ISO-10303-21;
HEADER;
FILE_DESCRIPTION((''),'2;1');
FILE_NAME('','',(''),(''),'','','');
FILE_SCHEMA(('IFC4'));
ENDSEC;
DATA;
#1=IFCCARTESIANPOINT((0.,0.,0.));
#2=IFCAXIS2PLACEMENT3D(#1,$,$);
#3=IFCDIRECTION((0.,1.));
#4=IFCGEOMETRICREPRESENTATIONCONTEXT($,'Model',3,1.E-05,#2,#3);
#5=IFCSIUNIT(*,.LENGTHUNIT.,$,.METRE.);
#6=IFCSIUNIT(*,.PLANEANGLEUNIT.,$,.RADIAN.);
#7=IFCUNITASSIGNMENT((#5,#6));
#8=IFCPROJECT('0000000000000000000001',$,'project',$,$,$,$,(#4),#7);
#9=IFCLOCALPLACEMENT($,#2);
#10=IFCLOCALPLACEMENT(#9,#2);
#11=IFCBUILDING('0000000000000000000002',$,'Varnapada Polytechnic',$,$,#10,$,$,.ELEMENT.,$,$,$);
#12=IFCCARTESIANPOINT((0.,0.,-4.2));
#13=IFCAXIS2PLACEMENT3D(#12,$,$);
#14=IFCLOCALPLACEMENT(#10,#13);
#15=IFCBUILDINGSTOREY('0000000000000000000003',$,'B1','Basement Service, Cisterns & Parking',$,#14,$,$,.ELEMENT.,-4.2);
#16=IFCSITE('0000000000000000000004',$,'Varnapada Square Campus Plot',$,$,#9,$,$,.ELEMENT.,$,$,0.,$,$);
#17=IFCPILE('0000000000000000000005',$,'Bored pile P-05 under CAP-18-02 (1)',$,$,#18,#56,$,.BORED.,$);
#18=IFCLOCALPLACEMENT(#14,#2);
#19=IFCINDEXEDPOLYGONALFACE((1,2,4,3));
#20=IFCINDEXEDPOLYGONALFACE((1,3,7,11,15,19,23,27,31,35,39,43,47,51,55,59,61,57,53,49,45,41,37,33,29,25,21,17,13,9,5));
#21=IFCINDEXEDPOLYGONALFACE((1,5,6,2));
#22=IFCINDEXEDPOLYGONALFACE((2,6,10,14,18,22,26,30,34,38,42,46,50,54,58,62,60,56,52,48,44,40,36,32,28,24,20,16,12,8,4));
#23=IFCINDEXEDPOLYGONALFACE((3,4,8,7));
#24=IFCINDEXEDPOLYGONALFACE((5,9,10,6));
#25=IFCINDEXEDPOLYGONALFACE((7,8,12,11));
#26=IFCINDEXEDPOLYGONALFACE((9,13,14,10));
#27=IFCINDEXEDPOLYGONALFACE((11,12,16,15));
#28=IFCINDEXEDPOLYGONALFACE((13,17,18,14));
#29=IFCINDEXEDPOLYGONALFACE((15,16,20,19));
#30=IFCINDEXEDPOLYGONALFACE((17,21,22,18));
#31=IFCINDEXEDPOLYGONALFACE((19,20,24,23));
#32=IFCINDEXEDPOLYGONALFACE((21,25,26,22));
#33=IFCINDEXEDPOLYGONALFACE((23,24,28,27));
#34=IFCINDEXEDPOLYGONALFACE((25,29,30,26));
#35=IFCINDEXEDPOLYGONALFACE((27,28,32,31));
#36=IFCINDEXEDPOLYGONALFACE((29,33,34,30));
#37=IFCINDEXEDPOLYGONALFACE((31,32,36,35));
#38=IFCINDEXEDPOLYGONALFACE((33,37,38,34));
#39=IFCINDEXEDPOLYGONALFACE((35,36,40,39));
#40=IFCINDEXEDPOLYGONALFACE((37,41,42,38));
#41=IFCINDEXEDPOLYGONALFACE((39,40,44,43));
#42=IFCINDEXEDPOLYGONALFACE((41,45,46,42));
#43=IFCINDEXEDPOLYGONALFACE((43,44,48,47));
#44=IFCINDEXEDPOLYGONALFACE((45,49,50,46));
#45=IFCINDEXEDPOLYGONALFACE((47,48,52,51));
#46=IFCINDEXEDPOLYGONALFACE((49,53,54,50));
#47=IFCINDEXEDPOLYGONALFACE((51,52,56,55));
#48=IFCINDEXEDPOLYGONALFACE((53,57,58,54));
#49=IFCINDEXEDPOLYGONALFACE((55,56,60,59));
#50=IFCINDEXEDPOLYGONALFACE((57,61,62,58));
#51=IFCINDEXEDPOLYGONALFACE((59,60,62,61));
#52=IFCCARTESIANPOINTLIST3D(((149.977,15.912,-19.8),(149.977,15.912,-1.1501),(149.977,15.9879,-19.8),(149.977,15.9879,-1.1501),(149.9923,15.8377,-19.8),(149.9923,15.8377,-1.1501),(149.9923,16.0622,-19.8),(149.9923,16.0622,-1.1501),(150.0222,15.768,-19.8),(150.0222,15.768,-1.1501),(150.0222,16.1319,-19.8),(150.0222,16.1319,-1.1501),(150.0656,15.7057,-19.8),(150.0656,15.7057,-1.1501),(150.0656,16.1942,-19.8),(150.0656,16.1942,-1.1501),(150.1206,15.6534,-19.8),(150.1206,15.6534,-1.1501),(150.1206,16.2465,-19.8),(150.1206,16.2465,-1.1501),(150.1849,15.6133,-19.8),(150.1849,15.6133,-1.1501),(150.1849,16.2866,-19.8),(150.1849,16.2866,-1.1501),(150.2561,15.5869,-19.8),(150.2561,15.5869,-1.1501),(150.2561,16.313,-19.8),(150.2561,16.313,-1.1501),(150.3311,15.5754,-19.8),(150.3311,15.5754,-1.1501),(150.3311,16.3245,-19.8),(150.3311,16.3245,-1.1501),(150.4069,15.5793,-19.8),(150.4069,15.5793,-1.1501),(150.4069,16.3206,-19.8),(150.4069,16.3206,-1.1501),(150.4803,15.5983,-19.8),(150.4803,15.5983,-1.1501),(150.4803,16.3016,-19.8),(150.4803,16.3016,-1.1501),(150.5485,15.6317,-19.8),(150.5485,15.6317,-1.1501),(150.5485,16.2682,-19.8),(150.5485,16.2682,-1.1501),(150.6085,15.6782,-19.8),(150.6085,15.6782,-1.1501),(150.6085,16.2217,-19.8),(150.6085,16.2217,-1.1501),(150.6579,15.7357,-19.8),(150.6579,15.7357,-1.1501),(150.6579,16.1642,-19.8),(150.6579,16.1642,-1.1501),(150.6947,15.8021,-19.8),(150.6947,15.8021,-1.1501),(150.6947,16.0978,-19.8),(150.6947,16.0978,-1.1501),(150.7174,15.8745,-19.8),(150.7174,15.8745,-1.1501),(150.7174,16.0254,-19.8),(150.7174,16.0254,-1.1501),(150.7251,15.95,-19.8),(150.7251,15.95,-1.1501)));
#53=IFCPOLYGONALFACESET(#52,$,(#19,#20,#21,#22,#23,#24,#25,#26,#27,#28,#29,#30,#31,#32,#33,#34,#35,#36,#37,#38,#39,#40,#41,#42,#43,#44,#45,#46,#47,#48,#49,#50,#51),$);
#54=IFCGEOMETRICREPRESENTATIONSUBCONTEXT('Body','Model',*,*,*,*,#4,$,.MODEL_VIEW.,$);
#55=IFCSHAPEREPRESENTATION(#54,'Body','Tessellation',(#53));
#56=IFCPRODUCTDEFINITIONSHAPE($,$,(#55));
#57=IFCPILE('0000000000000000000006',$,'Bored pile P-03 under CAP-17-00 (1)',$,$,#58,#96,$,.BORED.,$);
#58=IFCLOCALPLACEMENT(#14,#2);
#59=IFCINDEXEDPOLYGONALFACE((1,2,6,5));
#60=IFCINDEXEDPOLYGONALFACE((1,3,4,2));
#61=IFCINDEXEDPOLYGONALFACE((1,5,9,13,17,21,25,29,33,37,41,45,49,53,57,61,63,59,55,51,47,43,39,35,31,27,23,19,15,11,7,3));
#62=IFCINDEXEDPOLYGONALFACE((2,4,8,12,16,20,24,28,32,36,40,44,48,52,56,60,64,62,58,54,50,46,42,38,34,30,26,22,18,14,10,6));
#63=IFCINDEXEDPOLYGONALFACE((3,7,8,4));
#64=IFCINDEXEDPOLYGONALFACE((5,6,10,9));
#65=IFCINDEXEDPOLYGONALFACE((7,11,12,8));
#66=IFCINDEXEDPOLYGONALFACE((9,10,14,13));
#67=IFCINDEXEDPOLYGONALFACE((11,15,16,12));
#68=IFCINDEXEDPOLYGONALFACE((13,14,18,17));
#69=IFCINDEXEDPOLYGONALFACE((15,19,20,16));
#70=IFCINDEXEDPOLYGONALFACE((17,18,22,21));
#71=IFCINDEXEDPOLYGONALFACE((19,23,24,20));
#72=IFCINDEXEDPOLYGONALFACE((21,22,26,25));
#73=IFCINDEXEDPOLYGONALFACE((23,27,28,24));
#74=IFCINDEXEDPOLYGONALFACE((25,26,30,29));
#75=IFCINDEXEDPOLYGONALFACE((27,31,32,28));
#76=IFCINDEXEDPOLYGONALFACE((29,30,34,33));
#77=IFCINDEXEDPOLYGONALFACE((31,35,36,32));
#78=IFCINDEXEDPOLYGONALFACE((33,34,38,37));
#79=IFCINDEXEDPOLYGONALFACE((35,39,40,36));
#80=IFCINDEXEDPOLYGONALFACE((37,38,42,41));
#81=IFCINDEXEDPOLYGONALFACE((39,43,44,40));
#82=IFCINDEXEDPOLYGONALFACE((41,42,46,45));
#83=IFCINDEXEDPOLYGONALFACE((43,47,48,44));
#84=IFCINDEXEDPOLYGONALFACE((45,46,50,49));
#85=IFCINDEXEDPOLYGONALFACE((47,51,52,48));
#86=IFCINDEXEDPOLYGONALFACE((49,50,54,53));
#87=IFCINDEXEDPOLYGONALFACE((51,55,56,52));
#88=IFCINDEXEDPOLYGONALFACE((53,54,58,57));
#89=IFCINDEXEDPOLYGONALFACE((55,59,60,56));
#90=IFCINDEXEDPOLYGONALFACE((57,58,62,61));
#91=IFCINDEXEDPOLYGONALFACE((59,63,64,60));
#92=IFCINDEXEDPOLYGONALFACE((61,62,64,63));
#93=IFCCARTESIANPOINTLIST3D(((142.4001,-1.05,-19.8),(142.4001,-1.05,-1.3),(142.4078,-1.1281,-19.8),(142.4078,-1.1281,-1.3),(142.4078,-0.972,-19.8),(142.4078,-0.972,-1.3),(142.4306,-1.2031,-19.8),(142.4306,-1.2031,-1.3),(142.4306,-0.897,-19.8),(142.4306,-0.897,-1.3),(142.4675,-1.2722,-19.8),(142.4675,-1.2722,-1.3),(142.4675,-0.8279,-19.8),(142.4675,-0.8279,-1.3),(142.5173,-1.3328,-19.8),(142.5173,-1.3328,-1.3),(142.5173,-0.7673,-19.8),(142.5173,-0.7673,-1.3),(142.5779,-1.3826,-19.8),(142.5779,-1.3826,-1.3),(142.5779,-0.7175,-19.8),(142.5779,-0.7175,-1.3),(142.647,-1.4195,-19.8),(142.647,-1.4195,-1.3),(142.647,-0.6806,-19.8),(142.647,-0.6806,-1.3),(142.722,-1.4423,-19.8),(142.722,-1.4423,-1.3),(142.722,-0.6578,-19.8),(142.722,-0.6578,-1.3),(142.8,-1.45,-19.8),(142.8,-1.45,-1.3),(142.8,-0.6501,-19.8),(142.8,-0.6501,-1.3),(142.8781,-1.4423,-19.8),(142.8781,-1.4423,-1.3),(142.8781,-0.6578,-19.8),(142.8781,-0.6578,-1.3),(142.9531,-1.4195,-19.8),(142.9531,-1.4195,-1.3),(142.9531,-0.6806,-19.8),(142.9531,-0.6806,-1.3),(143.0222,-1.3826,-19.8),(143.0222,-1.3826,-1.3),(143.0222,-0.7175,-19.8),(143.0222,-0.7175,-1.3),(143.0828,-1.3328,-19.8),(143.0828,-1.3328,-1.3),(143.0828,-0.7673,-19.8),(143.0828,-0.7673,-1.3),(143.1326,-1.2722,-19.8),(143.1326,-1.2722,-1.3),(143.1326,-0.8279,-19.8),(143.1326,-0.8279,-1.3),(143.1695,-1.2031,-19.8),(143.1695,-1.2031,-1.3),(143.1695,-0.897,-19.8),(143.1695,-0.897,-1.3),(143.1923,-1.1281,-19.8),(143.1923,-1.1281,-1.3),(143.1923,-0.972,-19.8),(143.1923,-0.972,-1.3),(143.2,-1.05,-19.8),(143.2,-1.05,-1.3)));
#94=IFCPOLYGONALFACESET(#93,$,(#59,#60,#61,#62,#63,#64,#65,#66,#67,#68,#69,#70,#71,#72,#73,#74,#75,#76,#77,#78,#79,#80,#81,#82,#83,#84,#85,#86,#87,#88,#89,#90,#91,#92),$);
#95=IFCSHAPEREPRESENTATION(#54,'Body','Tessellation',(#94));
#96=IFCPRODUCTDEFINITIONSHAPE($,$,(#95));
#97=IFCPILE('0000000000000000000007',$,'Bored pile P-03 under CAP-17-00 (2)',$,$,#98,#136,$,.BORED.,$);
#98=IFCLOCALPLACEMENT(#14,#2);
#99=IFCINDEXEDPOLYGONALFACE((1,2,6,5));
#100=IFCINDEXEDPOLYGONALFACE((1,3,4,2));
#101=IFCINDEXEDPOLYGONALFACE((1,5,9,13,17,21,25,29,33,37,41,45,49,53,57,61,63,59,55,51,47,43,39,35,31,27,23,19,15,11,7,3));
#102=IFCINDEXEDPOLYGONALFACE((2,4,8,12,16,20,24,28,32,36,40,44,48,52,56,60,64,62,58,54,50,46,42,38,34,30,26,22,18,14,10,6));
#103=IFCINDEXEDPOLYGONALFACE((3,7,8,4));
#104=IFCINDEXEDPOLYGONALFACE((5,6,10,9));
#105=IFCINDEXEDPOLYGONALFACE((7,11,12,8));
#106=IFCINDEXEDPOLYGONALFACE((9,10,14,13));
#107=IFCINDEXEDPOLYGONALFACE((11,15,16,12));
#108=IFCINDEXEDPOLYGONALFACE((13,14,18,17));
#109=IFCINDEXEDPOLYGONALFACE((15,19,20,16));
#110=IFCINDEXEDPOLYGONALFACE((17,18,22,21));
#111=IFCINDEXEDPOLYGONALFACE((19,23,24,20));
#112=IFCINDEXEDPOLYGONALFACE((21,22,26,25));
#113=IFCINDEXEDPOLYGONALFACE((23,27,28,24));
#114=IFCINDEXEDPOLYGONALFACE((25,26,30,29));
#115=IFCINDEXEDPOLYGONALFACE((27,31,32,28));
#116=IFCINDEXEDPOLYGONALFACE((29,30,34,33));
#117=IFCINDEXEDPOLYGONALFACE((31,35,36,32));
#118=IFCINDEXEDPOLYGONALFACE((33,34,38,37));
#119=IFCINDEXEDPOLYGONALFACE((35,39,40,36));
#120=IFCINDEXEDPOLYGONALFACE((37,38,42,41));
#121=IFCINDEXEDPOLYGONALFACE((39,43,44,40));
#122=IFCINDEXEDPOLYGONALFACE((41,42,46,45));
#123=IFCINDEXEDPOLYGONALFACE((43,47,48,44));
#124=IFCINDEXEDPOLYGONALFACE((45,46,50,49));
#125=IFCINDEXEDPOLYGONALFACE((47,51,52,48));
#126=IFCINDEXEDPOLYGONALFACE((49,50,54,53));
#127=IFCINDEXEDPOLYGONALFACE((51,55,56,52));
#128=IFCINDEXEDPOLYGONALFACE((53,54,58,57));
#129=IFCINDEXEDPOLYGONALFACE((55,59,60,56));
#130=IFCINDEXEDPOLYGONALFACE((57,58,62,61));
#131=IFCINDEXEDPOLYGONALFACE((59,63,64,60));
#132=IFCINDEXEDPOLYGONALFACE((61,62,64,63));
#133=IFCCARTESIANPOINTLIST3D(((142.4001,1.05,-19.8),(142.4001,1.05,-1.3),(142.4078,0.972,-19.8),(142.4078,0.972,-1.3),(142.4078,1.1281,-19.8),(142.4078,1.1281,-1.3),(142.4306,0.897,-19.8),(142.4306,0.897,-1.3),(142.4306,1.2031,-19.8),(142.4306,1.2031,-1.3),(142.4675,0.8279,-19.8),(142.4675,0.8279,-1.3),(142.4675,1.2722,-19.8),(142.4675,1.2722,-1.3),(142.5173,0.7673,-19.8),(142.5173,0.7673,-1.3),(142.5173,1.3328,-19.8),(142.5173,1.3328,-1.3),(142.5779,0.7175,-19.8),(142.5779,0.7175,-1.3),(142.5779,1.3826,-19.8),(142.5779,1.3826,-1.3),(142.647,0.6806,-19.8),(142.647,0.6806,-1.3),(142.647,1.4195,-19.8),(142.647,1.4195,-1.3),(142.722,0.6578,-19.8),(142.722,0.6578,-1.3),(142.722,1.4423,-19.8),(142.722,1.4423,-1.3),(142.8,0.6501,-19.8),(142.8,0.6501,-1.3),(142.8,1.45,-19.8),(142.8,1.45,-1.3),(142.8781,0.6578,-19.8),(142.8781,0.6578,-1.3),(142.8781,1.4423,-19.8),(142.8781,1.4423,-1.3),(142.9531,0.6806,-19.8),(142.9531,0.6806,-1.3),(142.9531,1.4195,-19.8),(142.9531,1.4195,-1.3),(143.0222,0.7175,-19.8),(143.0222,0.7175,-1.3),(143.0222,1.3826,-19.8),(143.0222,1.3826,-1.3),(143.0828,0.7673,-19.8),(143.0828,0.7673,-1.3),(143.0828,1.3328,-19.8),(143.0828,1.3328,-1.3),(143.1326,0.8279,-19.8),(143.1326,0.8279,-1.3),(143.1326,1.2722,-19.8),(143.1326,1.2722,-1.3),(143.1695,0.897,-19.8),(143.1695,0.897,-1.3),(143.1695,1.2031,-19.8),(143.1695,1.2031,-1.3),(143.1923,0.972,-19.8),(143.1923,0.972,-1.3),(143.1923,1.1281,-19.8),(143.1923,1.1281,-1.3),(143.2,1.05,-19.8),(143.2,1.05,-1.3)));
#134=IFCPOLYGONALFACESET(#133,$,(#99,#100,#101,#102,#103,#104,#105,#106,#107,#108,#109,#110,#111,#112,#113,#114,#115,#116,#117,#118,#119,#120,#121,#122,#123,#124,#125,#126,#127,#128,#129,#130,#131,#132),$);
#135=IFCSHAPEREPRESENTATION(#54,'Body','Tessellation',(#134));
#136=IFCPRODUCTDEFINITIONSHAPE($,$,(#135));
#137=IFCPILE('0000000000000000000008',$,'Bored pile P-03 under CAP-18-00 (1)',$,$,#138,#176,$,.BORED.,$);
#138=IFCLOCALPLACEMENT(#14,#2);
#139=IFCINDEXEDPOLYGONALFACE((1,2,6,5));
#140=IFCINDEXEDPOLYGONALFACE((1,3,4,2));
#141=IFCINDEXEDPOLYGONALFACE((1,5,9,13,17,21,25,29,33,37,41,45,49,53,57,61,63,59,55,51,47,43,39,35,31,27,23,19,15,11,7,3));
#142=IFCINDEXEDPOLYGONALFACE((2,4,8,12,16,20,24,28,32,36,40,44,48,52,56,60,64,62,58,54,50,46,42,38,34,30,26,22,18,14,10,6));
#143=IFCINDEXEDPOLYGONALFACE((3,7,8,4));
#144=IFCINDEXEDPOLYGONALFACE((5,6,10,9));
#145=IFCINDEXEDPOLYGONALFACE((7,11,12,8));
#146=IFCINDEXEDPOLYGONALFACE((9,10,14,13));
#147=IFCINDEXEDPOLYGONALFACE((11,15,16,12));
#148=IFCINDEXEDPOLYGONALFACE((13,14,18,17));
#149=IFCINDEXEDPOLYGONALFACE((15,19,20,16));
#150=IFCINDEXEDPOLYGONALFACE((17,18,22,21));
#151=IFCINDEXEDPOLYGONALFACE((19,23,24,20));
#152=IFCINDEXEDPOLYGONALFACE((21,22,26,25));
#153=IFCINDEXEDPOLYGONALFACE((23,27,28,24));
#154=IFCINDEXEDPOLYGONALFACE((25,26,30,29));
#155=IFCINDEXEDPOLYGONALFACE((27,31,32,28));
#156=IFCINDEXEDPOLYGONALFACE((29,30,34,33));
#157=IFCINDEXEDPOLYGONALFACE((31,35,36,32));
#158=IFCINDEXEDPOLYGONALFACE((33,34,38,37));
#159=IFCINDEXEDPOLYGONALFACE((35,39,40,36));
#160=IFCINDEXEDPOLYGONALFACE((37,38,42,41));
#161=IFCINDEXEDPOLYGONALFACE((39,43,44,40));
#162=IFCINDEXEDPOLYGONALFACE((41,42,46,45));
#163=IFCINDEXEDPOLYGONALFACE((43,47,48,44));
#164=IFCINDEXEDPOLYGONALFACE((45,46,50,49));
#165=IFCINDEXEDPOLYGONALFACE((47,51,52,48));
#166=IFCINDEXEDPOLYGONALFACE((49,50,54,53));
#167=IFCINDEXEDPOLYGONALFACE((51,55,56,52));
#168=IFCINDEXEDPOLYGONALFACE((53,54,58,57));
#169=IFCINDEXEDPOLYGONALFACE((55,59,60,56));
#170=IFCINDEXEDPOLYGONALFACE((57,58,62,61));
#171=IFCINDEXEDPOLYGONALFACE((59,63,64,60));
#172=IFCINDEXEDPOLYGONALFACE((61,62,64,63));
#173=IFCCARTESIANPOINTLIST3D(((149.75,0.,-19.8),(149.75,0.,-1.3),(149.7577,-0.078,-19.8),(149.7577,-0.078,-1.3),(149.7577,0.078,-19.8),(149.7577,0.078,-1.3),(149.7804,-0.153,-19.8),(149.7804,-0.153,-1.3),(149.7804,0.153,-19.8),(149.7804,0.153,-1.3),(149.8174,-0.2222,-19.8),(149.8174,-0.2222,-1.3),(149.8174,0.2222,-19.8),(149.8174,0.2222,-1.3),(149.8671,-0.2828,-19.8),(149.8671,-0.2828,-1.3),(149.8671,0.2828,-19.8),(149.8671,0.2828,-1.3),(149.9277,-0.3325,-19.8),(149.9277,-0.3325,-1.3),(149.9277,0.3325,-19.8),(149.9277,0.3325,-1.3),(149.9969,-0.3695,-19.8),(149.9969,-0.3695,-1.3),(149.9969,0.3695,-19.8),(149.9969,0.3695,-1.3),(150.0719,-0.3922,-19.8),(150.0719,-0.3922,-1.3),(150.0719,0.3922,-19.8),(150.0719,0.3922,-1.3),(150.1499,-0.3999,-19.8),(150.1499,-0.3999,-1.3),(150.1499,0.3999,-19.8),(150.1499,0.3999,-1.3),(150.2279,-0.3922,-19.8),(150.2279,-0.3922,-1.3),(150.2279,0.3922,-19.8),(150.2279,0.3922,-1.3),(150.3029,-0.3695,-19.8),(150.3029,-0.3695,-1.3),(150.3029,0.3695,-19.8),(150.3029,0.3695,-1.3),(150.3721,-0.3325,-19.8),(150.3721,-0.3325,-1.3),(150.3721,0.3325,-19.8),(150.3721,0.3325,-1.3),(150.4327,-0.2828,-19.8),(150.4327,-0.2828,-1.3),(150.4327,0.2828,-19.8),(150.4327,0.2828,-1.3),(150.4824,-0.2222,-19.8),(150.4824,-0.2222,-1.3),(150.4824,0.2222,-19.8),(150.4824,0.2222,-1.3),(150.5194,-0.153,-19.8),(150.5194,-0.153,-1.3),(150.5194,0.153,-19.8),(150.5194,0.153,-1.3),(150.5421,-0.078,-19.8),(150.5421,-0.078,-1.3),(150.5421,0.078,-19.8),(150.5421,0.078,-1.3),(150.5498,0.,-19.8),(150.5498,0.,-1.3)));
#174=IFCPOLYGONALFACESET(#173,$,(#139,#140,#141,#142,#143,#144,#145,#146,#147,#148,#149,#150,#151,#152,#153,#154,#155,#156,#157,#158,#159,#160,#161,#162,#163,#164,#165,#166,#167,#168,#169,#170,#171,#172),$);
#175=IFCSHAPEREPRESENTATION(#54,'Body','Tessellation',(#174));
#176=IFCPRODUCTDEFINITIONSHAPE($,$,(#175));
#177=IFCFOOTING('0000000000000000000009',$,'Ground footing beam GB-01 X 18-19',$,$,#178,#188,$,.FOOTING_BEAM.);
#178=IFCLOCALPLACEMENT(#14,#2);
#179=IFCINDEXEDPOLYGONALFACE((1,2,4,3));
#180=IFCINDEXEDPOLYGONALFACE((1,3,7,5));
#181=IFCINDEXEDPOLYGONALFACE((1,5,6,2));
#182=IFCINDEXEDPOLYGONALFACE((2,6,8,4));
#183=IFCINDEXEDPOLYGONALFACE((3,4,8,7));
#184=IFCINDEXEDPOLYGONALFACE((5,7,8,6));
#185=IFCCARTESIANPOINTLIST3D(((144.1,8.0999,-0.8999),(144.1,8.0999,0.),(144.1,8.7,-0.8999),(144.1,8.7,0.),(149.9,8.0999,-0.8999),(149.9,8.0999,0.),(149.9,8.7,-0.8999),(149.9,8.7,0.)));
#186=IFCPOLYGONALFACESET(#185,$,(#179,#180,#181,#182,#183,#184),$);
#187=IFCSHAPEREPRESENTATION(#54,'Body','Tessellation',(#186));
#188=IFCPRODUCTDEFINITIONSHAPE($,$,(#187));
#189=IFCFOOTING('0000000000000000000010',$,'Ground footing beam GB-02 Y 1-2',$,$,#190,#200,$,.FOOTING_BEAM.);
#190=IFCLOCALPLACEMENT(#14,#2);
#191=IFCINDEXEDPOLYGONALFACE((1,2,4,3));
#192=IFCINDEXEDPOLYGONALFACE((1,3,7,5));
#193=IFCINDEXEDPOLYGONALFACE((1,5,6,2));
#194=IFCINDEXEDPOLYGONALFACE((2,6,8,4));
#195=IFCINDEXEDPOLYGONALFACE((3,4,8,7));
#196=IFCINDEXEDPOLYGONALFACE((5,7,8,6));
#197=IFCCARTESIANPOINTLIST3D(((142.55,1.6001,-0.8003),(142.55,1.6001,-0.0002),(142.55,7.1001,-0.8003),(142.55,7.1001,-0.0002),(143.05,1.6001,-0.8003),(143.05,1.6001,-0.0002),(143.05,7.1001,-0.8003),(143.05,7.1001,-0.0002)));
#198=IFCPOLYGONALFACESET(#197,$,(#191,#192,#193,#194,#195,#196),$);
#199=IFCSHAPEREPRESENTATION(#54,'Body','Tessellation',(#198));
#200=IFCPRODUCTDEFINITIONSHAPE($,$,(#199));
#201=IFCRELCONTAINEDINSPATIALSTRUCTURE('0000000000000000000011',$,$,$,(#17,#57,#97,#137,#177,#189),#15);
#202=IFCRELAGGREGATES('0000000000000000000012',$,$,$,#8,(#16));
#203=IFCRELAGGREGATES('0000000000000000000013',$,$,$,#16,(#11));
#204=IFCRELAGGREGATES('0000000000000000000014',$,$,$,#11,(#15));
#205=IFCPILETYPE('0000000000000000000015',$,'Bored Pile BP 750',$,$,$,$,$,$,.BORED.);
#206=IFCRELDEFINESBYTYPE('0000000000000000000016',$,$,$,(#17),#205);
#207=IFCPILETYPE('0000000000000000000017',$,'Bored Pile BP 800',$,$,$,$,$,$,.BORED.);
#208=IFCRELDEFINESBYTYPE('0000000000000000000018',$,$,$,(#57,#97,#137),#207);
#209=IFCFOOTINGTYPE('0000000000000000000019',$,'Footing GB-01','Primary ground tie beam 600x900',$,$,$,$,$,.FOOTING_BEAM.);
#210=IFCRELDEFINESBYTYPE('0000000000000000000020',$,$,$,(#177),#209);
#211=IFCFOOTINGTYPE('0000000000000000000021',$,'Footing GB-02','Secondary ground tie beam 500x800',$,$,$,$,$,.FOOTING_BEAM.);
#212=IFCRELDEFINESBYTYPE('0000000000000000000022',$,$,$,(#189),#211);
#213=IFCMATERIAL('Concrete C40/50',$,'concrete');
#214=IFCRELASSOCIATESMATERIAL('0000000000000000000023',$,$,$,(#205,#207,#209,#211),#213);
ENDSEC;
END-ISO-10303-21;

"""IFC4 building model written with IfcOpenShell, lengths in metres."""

from ifc_helpers import new_model, si_unit, direction, frame, origin, origin_2d, place, context, subcontext, project, spatial, rectangle, circle, extrude, material, material_profile, profile_set, type_object, element, save


model = new_model("IFC4")

# Units and contexts
model_context = context("Model", 3, precision=1e-05, world=origin(), true_north=direction((0.0, 1.0)))
body_context = subcontext(model_context, "Body", "Model", "MODEL_VIEW")
ifc_project = project(units=[si_unit("LENGTHUNIT", "METRE"), si_unit("PLANEANGLEUNIT", "RADIAN")], contexts=[model_context])

# Site, building, storey
site_placement = place(None, origin())
site = spatial("IfcSite", under=ifc_project, at=site_placement, Name="Varnapada Square Campus Plot", CompositionType="ELEMENT", RefElevation=0.0)
building_placement = place(site_placement, origin())
building = spatial("IfcBuilding", under=site, at=building_placement, Name="Varnapada Polytechnic", CompositionType="ELEMENT")
storey_placement = place(building_placement, frame((0.0, 0.0, -4.2)))
storey = spatial("IfcBuildingStorey", under=building, at=storey_placement, Name="B1", Description="Basement Service, Cisterns & Parking", CompositionType="ELEMENT", Elevation=-4.2)

# Piles
ifc_material_1 = material(Name="Concrete C40/50", Category="concrete")
ifc_material_profile_1 = material_profile(ifc_material_1, circle(Radius=0.375, at=origin_2d()), Name="BP 750")
ifc_profile_set_1 = profile_set([ifc_material_profile_1], Name="Concrete C40/50")
pile_type_1 = type_object("IfcPileType", Name="Bored Pile BP 750", PredefinedType="BORED", material=ifc_profile_set_1)
for number, where, z_axis, x_axis, name in (
    (1, (150.3501, 15.95, -1.1501), (0.0, 0.0, -1.0), (1.0, 0.0, 0.0), "Bored pile P-05 under CAP-18-02 (1)"),
):
    element("IfcPile", number, at=place(storey_placement, frame(where, z_axis=z_axis, x_axis=x_axis)), inside=storey, type_object=pile_type_1, Name=name, PredefinedType="BORED", context=body_context, shape_type="SweptSolid", body=[
        extrude(circle(Radius=0.375, at=origin_2d()), origin(), (0.0, 0.0, 1.0), 18.6499),
    ])
ifc_material_profile_2 = material_profile(ifc_material_1, circle(Radius=0.3999, at=origin_2d()), Name="BP 800")
ifc_profile_set_2 = profile_set([ifc_material_profile_2], Name="Concrete C40/50")
pile_type_2 = type_object("IfcPileType", Name="Bored Pile BP 800", PredefinedType="BORED", material=ifc_profile_set_2)
for number, where, z_axis, x_axis, name in (
    (2, (142.8, -1.05, -1.3), (0.0, 0.0, -1.0), (1.0, 0.0, 0.0), "Bored pile P-03 under CAP-17-00 (1)"),
    (3, (142.8, 1.05, -1.3), (0.0, 0.0, -1.0), (1.0, 0.0, 0.0), "Bored pile P-03 under CAP-17-00 (2)"),
    (4, (150.1499, 0.0, -1.3), (0.0, 0.0, -1.0), (1.0, 0.0, 0.0), "Bored pile P-03 under CAP-18-00 (1)"),
):
    element("IfcPile", number, at=place(storey_placement, frame(where, z_axis=z_axis, x_axis=x_axis)), inside=storey, type_object=pile_type_2, Name=name, PredefinedType="BORED", context=body_context, shape_type="SweptSolid", body=[
        extrude(circle(Radius=0.3999, at=origin_2d()), origin(), (0.0, 0.0, 1.0), 18.5),
    ])

# Footings
footing_type_1 = type_object("IfcFootingType", Name="Footing GB-01", Description="Primary ground tie beam 600x900", PredefinedType="FOOTING_BEAM", material=ifc_material_1)
footing_1_placement = place(storey_placement, frame((147.0, 8.3999, -0.8999), z_axis=(0.0, 0.0, 1.0), x_axis=(1.0, 0.0, 0.0)))
element("IfcFooting", 5, at=footing_1_placement, inside=storey, type_object=footing_type_1, Name="Ground footing beam GB-01 X 18-19", PredefinedType="FOOTING_BEAM", context=body_context, shape_type="SweptSolid", body=[
    extrude(rectangle(XDim=5.8, YDim=0.6001, at=origin_2d()), origin(), (0.0, 0.0, 1.0), 0.8999),
])
footing_type_2 = type_object("IfcFootingType", Name="Footing GB-02", Description="Secondary ground tie beam 500x800", PredefinedType="FOOTING_BEAM", material=ifc_material_1)
footing_2_placement = place(storey_placement, frame((142.8, 4.3501, -0.8003), z_axis=(0.0, 0.0, 1.0), x_axis=(0.0, 1.0, 0.0)))
element("IfcFooting", 6, at=footing_2_placement, inside=storey, type_object=footing_type_2, Name="Ground footing beam GB-02 Y 1-2", PredefinedType="FOOTING_BEAM", context=body_context, shape_type="SweptSolid", body=[
    extrude(rectangle(XDim=5.5, YDim=0.5, at=origin_2d()), origin(), (0.0, 0.0, 1.0), 0.8),
])

save(model, "model.ifc")
